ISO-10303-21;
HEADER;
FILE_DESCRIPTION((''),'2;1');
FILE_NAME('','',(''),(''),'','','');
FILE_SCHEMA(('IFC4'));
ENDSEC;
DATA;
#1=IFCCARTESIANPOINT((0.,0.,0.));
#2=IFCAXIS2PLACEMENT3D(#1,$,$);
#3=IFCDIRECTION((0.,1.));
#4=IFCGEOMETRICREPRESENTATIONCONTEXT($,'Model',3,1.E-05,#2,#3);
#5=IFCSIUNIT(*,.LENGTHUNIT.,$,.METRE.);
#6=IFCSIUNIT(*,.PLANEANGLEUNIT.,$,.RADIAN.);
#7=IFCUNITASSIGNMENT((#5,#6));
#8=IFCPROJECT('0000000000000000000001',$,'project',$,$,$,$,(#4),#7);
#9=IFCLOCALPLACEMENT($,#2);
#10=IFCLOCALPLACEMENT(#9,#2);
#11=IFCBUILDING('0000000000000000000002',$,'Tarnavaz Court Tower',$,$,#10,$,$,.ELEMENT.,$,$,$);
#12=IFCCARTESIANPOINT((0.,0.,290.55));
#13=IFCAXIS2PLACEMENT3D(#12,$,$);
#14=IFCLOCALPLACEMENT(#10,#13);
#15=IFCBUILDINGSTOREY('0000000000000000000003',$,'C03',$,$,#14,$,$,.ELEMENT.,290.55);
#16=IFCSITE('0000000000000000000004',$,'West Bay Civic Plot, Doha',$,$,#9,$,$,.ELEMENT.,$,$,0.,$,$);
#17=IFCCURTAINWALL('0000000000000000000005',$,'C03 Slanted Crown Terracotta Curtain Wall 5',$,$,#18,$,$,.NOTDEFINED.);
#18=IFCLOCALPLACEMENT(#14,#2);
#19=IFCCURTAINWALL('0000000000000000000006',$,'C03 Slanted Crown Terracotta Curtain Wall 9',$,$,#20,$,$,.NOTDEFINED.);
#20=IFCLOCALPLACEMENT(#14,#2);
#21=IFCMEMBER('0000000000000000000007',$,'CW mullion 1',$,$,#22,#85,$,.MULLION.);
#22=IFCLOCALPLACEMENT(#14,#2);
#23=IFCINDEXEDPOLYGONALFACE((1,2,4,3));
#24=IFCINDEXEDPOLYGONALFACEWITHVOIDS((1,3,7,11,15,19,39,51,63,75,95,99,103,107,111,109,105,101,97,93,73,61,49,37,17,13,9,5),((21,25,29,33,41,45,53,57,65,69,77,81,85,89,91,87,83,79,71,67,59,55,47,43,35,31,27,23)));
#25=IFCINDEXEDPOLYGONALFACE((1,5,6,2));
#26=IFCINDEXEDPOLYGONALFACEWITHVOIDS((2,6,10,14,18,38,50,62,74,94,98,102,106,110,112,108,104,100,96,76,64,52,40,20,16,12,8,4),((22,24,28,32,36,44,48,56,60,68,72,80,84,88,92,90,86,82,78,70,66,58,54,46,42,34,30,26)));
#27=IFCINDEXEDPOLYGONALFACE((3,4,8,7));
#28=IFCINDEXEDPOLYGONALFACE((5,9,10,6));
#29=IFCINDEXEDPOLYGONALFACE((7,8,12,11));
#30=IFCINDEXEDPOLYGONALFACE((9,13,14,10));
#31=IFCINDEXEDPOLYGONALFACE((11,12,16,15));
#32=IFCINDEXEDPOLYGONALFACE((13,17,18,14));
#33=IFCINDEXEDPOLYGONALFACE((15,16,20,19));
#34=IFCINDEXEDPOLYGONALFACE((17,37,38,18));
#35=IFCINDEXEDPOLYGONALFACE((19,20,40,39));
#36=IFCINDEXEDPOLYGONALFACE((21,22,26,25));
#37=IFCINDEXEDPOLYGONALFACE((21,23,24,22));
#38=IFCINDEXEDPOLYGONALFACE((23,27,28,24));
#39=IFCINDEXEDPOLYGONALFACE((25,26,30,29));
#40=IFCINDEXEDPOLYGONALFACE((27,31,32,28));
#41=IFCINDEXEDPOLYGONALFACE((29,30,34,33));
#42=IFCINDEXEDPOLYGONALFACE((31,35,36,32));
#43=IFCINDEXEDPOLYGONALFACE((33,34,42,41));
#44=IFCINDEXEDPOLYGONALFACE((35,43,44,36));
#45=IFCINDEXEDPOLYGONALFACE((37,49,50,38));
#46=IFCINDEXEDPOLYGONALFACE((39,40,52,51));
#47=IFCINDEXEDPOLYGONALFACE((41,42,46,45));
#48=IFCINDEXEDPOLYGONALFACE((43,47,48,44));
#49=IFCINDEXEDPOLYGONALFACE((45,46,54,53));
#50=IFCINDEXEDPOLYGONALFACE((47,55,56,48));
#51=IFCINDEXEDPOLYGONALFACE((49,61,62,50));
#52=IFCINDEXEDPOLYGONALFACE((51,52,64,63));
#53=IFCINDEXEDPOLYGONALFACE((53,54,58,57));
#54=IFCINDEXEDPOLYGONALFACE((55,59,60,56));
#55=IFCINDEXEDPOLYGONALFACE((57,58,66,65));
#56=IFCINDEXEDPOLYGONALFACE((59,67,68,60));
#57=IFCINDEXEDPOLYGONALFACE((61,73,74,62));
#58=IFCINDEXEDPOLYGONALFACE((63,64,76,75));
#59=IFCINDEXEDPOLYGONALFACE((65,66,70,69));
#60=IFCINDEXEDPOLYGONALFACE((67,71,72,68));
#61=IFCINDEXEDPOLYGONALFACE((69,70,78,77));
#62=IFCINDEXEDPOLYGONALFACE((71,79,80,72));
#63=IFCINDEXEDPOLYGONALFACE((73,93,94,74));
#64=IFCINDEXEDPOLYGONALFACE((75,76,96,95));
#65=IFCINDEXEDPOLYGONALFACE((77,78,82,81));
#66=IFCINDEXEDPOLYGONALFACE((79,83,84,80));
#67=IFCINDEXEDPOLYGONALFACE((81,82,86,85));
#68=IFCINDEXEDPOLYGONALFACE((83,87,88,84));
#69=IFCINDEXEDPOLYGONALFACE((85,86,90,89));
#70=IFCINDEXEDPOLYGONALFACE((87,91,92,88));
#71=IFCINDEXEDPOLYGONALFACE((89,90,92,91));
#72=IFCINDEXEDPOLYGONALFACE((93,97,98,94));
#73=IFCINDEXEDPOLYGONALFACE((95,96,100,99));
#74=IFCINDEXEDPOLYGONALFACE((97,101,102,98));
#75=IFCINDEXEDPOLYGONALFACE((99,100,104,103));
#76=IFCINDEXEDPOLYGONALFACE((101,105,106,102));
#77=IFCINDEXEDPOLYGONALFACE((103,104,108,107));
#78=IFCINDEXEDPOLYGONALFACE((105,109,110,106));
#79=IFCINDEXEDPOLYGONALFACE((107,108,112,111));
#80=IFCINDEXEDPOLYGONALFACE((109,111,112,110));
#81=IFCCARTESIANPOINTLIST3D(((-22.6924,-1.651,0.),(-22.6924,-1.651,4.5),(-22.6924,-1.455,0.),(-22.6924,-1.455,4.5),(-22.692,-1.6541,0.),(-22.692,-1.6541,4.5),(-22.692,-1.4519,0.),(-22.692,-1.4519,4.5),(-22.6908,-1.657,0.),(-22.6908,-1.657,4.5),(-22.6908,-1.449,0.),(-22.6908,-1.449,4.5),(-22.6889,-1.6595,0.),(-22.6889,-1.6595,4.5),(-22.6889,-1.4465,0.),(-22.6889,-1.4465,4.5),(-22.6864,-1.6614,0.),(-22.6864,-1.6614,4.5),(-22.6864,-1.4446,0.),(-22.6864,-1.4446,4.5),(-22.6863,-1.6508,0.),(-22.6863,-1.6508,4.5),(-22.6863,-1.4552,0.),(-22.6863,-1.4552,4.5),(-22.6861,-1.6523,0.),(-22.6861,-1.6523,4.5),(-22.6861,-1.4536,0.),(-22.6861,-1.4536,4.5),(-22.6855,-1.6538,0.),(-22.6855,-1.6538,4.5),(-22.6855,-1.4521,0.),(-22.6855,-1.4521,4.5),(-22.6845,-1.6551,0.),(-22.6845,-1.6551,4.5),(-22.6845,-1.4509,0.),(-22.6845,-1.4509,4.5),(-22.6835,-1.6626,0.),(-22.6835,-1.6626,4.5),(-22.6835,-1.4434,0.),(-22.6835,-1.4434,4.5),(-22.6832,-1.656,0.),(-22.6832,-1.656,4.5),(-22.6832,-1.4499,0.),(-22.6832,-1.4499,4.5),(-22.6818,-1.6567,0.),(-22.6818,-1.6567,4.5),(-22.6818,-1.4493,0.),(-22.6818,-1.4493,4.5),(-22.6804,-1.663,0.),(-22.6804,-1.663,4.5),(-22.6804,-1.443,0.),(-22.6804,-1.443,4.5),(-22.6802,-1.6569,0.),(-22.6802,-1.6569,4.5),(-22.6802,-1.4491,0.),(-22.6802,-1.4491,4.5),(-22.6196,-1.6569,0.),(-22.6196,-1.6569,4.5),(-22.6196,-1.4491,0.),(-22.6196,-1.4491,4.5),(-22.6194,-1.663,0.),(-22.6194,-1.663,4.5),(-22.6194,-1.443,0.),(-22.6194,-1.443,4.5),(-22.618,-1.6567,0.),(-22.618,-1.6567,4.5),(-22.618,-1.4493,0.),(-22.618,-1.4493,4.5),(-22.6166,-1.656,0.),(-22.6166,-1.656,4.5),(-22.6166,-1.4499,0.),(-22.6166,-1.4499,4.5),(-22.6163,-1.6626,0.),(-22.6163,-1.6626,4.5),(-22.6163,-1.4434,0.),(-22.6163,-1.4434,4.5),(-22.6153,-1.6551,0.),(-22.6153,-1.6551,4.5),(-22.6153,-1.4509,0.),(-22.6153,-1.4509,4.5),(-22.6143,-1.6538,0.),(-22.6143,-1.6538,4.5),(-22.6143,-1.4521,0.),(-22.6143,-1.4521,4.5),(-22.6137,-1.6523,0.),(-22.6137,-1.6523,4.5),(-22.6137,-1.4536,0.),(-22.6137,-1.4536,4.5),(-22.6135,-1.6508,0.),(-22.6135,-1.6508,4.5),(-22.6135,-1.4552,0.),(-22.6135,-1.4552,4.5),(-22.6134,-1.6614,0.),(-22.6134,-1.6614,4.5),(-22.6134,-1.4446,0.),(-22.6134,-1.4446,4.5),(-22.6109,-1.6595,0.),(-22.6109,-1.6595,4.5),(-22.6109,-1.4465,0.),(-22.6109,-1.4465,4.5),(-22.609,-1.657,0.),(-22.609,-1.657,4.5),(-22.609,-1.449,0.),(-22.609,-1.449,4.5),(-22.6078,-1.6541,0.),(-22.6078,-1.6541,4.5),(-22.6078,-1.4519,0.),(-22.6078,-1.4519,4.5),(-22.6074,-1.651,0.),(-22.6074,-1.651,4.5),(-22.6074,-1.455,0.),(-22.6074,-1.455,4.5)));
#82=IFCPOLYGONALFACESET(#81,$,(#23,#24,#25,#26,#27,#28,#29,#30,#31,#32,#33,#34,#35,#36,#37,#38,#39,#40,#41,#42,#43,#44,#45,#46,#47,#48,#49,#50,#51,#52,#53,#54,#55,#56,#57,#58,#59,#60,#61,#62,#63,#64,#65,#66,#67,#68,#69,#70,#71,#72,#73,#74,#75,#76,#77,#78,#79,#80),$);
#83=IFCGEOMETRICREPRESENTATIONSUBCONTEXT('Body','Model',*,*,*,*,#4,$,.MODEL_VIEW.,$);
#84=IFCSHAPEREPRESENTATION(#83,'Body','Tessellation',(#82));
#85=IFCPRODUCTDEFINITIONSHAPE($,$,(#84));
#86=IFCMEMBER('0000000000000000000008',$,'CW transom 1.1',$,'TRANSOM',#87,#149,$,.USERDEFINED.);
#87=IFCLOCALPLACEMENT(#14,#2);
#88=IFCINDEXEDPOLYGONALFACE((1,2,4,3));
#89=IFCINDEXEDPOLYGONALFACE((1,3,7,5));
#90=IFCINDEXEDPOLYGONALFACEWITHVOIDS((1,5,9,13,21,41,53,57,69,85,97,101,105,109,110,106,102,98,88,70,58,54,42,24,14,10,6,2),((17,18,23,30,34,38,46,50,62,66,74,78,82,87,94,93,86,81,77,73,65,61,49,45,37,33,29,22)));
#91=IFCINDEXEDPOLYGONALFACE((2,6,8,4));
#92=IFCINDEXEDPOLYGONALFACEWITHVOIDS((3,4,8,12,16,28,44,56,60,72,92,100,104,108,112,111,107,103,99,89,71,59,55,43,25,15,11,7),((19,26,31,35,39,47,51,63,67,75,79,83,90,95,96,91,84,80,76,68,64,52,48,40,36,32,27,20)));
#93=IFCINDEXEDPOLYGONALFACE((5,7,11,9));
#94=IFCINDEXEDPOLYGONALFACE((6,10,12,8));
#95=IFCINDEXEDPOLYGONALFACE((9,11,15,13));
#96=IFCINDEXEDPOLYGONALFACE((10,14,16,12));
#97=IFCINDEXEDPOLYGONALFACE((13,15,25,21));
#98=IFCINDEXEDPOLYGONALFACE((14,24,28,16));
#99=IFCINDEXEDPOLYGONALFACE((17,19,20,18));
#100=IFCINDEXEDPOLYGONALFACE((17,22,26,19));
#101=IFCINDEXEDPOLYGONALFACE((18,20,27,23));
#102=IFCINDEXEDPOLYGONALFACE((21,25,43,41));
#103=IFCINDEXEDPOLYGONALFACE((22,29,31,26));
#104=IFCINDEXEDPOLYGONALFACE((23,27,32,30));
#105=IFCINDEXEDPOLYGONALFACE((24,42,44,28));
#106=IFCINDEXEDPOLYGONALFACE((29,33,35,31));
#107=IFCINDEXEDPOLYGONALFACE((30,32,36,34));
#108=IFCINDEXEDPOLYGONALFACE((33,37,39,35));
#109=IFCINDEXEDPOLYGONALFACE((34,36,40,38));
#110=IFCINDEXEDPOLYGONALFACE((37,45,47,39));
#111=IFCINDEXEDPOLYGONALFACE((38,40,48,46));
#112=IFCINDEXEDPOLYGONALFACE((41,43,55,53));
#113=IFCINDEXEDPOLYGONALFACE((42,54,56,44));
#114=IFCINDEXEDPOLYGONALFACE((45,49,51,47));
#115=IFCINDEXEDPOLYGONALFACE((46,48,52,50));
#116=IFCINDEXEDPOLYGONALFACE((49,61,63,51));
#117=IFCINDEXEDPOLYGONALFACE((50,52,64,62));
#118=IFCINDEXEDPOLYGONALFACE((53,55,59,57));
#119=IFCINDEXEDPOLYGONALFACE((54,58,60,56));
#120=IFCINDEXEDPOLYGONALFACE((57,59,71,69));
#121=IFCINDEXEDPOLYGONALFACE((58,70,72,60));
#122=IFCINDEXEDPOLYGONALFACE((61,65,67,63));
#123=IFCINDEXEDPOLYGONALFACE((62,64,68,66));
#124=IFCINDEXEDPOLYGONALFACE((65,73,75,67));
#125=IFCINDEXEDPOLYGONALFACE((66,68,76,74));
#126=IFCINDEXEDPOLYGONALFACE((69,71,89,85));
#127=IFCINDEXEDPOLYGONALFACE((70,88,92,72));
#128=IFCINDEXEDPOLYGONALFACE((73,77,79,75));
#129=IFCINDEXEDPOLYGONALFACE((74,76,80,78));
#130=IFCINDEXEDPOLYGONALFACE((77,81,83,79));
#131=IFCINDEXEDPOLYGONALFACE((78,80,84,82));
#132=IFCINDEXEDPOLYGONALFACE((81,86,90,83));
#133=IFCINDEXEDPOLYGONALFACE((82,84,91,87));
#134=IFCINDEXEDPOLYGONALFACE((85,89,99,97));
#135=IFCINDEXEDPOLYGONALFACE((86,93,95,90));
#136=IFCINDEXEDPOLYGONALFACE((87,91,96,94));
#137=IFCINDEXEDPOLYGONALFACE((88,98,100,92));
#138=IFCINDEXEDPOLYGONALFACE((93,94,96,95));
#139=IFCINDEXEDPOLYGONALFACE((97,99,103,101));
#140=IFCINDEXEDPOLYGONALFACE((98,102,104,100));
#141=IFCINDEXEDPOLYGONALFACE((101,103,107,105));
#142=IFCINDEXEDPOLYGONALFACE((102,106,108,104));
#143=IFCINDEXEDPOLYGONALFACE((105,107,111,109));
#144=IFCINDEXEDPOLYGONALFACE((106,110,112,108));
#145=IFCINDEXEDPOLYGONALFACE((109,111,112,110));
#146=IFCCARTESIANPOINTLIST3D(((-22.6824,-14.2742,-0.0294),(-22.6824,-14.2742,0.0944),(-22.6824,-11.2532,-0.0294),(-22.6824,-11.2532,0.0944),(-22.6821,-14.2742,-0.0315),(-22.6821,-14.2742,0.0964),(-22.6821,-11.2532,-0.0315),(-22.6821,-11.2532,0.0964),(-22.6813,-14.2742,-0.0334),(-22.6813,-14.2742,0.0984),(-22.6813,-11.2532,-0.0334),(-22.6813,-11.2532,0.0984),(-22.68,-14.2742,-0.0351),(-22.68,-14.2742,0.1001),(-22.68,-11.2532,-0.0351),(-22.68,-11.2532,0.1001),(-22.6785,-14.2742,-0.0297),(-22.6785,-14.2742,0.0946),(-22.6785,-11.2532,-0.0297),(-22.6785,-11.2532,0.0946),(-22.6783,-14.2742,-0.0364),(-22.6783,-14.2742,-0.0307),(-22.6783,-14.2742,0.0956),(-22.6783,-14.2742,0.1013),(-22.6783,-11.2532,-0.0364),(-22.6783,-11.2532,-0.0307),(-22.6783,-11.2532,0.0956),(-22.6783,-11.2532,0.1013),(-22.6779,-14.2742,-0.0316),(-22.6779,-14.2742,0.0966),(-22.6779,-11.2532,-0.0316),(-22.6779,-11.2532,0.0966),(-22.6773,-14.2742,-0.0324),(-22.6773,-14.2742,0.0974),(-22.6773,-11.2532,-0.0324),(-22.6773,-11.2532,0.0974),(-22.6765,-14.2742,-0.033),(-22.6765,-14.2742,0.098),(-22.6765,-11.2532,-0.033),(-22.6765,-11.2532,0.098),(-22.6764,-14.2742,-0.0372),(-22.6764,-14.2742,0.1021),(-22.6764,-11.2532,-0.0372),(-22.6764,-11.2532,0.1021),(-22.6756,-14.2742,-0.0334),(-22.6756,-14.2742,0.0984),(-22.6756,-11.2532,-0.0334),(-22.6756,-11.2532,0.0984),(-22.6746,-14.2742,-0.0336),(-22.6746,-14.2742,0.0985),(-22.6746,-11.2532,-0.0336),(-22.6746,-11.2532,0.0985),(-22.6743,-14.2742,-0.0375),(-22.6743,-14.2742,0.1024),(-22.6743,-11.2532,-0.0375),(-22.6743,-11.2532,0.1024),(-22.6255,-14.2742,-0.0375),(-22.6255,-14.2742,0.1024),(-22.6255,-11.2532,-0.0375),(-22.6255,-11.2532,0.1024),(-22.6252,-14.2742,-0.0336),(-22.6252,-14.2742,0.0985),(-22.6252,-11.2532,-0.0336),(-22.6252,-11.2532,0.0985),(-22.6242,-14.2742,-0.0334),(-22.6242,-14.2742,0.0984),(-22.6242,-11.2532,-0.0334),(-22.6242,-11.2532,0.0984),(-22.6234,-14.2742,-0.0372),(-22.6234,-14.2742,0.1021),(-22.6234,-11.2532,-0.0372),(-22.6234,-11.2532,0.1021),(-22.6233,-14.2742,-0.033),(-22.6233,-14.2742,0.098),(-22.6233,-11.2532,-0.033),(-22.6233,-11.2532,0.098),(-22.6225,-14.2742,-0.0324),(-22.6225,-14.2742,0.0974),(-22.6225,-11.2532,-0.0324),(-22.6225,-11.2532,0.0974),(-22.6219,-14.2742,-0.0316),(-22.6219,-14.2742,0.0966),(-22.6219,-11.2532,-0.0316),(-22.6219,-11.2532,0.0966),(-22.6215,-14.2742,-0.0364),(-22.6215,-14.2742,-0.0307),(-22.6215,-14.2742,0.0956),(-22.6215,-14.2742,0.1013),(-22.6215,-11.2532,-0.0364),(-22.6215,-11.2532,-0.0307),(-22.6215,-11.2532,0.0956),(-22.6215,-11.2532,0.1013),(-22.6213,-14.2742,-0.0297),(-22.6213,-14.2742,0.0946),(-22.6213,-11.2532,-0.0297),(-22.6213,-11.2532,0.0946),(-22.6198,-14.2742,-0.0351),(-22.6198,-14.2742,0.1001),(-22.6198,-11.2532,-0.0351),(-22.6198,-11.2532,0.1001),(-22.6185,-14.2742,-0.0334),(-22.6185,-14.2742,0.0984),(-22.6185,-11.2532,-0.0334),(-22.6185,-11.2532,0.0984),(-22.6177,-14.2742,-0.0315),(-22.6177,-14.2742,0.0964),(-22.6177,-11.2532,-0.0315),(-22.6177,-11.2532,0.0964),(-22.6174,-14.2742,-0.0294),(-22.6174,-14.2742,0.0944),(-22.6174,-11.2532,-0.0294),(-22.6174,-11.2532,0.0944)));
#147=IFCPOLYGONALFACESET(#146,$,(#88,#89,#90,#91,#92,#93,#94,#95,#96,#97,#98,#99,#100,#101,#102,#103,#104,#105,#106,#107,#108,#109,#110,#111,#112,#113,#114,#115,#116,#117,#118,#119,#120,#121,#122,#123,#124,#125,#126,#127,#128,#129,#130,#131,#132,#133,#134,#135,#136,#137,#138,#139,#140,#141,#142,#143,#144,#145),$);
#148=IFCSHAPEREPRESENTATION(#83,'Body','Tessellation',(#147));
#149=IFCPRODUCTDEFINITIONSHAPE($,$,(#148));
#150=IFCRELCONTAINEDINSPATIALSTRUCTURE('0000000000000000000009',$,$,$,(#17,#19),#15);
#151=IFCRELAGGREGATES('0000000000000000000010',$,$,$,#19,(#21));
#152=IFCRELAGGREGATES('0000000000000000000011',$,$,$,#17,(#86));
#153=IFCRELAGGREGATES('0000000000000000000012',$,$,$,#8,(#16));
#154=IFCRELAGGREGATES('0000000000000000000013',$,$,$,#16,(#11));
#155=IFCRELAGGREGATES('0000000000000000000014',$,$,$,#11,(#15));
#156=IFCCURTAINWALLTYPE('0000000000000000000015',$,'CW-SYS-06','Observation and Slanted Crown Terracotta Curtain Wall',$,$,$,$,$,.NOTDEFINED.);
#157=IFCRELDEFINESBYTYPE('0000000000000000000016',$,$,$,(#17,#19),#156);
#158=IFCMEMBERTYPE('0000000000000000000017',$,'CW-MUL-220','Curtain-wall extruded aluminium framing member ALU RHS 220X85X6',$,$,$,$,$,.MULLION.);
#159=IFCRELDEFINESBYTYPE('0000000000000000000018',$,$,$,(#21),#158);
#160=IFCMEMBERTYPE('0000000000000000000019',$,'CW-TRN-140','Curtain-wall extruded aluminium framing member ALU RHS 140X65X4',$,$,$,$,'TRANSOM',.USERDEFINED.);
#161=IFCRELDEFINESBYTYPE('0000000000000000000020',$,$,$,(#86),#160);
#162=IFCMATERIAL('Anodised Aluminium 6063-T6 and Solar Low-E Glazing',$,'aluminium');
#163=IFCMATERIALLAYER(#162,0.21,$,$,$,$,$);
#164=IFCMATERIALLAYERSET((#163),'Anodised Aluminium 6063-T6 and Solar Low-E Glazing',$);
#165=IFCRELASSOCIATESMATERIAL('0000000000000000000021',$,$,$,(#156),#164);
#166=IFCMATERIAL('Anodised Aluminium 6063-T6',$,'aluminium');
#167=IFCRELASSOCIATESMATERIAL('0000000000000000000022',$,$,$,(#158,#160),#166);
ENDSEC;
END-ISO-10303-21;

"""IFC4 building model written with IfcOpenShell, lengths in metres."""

from ifc_helpers import new_model, si_unit, direction, frame, origin, origin_2d, place, context, subcontext, project, spatial, hollow_rectangle, extrude, material, layer, layer_set, material_profile, profile_set, type_object, element, aggregate, save


model = new_model("IFC4")

# Units and contexts
model_context = context("Model", 3, precision=1e-05, world=origin(), true_north=direction((0.0, 1.0)))
body_context = subcontext(model_context, "Body", "Model", "MODEL_VIEW")
ifc_project = project(units=[si_unit("LENGTHUNIT", "METRE"), si_unit("PLANEANGLEUNIT", "RADIAN")], contexts=[model_context])

# Site, building, storey
site_placement = place(None, origin())
site = spatial("IfcSite", under=ifc_project, at=site_placement, Name="West Bay Civic Plot, Doha", CompositionType="ELEMENT", RefElevation=0.0)
building_placement = place(site_placement, origin())
building = spatial("IfcBuilding", under=site, at=building_placement, Name="Tarnavaz Court Tower", CompositionType="ELEMENT")
storey_placement = place(building_placement, frame((0.0, 0.0, 290.55)))
storey = spatial("IfcBuildingStorey", under=building, at=storey_placement, Name="C03", CompositionType="ELEMENT", Elevation=290.55)

# Curtain wall
ifc_material_1 = material(Name="Anodised Aluminium 6063-T6 and Solar Low-E Glazing", Category="aluminium")
ifc_layer_1 = layer(ifc_material_1, 0.21)
ifc_layer_set_1 = layer_set([ifc_layer_1], Name="Anodised Aluminium 6063-T6 and Solar Low-E Glazing")
curtain_wall_type = type_object("IfcCurtainWallType", Name="CW-SYS-06", Description="Observation and Slanted Crown Terracotta Curtain Wall", PredefinedType="NOTDEFINED", material=ifc_layer_set_1)
curtain_wall_1_placement = place(storey_placement, origin())
curtain_wall_1 = element("IfcCurtainWall", 1, at=curtain_wall_1_placement, inside=storey, type_object=curtain_wall_type, Name="C03 Slanted Crown Terracotta Curtain Wall 5", PredefinedType="NOTDEFINED")
ifc_material_2 = material(Name="Anodised Aluminium 6063-T6", Category="aluminium")
ifc_material_profile_1 = material_profile(ifc_material_2, hollow_rectangle(XDim=0.085, YDim=0.22, WallThickness=0.0061, InnerFilletRadius=0.0061, OuterFilletRadius=0.012, at=origin_2d()), Name="ALU RHS 220X85X6")
ifc_profile_set_1 = profile_set([ifc_material_profile_1], Name="Anodised Aluminium 6063-T6")
member_type_1 = type_object("IfcMemberType", Name="CW-MUL-220", Description="Curtain-wall extruded aluminium framing member ALU RHS 220X85X6", PredefinedType="MULLION", material=ifc_profile_set_1)

# Curtain wall, member
curtain_wall_2_placement = place(storey_placement, origin())
curtain_wall_2 = element("IfcCurtainWall", 2, at=curtain_wall_2_placement, inside=storey, type_object=curtain_wall_type, Name="C03 Slanted Crown Terracotta Curtain Wall 9", PredefinedType="NOTDEFINED")
member_1_placement = place(storey_placement, frame((-22.6499, -1.553, 0.0), z_axis=(0.0, 0.0, 1.0), x_axis=(-1.0, 0.0, 0.0)))
member_1 = element("IfcMember", 3, at=member_1_placement, type_object=member_type_1, Name="CW mullion 1", PredefinedType="MULLION", context=body_context, shape_type="SweptSolid", body=[
    extrude(hollow_rectangle(XDim=0.085, YDim=0.22, WallThickness=0.0061, InnerFilletRadius=0.0061, OuterFilletRadius=0.012, at=origin_2d()), origin(), (0.0, 0.0, 1.0), 4.5),
])

# Member
ifc_material_profile_2 = material_profile(ifc_material_2, hollow_rectangle(XDim=0.0649, YDim=0.1399, WallThickness=0.0039, InnerFilletRadius=0.0039, OuterFilletRadius=0.0081, at=origin_2d()), Name="ALU RHS 140X65X4")
ifc_profile_set_2 = profile_set([ifc_material_profile_2], Name="Anodised Aluminium 6063-T6")
member_type_2 = type_object("IfcMemberType", Name="CW-TRN-140", Description="Curtain-wall extruded aluminium framing member ALU RHS 140X65X4", ElementType="TRANSOM", PredefinedType="USERDEFINED", material=ifc_profile_set_2)
member_2_placement = place(storey_placement, frame((-22.6499, -14.2742, 0.0325), z_axis=(0.0, 1.0, 0.0), x_axis=(-1.0, 0.0, 0.0)))
member_2 = element("IfcMember", 4, at=member_2_placement, type_object=member_type_2, Name="CW transom 1.1", ObjectType="TRANSOM", PredefinedType="USERDEFINED", context=body_context, shape_type="SweptSolid", body=[
    extrude(hollow_rectangle(XDim=0.0649, YDim=0.1399, WallThickness=0.0039, InnerFilletRadius=0.0039, OuterFilletRadius=0.0081, at=origin_2d()), origin(), (0.0, 0.0, 1.0), 3.021),
])
aggregate(curtain_wall_2, [member_1])

aggregate(curtain_wall_1, [member_2])

save(model, "model.ifc")
